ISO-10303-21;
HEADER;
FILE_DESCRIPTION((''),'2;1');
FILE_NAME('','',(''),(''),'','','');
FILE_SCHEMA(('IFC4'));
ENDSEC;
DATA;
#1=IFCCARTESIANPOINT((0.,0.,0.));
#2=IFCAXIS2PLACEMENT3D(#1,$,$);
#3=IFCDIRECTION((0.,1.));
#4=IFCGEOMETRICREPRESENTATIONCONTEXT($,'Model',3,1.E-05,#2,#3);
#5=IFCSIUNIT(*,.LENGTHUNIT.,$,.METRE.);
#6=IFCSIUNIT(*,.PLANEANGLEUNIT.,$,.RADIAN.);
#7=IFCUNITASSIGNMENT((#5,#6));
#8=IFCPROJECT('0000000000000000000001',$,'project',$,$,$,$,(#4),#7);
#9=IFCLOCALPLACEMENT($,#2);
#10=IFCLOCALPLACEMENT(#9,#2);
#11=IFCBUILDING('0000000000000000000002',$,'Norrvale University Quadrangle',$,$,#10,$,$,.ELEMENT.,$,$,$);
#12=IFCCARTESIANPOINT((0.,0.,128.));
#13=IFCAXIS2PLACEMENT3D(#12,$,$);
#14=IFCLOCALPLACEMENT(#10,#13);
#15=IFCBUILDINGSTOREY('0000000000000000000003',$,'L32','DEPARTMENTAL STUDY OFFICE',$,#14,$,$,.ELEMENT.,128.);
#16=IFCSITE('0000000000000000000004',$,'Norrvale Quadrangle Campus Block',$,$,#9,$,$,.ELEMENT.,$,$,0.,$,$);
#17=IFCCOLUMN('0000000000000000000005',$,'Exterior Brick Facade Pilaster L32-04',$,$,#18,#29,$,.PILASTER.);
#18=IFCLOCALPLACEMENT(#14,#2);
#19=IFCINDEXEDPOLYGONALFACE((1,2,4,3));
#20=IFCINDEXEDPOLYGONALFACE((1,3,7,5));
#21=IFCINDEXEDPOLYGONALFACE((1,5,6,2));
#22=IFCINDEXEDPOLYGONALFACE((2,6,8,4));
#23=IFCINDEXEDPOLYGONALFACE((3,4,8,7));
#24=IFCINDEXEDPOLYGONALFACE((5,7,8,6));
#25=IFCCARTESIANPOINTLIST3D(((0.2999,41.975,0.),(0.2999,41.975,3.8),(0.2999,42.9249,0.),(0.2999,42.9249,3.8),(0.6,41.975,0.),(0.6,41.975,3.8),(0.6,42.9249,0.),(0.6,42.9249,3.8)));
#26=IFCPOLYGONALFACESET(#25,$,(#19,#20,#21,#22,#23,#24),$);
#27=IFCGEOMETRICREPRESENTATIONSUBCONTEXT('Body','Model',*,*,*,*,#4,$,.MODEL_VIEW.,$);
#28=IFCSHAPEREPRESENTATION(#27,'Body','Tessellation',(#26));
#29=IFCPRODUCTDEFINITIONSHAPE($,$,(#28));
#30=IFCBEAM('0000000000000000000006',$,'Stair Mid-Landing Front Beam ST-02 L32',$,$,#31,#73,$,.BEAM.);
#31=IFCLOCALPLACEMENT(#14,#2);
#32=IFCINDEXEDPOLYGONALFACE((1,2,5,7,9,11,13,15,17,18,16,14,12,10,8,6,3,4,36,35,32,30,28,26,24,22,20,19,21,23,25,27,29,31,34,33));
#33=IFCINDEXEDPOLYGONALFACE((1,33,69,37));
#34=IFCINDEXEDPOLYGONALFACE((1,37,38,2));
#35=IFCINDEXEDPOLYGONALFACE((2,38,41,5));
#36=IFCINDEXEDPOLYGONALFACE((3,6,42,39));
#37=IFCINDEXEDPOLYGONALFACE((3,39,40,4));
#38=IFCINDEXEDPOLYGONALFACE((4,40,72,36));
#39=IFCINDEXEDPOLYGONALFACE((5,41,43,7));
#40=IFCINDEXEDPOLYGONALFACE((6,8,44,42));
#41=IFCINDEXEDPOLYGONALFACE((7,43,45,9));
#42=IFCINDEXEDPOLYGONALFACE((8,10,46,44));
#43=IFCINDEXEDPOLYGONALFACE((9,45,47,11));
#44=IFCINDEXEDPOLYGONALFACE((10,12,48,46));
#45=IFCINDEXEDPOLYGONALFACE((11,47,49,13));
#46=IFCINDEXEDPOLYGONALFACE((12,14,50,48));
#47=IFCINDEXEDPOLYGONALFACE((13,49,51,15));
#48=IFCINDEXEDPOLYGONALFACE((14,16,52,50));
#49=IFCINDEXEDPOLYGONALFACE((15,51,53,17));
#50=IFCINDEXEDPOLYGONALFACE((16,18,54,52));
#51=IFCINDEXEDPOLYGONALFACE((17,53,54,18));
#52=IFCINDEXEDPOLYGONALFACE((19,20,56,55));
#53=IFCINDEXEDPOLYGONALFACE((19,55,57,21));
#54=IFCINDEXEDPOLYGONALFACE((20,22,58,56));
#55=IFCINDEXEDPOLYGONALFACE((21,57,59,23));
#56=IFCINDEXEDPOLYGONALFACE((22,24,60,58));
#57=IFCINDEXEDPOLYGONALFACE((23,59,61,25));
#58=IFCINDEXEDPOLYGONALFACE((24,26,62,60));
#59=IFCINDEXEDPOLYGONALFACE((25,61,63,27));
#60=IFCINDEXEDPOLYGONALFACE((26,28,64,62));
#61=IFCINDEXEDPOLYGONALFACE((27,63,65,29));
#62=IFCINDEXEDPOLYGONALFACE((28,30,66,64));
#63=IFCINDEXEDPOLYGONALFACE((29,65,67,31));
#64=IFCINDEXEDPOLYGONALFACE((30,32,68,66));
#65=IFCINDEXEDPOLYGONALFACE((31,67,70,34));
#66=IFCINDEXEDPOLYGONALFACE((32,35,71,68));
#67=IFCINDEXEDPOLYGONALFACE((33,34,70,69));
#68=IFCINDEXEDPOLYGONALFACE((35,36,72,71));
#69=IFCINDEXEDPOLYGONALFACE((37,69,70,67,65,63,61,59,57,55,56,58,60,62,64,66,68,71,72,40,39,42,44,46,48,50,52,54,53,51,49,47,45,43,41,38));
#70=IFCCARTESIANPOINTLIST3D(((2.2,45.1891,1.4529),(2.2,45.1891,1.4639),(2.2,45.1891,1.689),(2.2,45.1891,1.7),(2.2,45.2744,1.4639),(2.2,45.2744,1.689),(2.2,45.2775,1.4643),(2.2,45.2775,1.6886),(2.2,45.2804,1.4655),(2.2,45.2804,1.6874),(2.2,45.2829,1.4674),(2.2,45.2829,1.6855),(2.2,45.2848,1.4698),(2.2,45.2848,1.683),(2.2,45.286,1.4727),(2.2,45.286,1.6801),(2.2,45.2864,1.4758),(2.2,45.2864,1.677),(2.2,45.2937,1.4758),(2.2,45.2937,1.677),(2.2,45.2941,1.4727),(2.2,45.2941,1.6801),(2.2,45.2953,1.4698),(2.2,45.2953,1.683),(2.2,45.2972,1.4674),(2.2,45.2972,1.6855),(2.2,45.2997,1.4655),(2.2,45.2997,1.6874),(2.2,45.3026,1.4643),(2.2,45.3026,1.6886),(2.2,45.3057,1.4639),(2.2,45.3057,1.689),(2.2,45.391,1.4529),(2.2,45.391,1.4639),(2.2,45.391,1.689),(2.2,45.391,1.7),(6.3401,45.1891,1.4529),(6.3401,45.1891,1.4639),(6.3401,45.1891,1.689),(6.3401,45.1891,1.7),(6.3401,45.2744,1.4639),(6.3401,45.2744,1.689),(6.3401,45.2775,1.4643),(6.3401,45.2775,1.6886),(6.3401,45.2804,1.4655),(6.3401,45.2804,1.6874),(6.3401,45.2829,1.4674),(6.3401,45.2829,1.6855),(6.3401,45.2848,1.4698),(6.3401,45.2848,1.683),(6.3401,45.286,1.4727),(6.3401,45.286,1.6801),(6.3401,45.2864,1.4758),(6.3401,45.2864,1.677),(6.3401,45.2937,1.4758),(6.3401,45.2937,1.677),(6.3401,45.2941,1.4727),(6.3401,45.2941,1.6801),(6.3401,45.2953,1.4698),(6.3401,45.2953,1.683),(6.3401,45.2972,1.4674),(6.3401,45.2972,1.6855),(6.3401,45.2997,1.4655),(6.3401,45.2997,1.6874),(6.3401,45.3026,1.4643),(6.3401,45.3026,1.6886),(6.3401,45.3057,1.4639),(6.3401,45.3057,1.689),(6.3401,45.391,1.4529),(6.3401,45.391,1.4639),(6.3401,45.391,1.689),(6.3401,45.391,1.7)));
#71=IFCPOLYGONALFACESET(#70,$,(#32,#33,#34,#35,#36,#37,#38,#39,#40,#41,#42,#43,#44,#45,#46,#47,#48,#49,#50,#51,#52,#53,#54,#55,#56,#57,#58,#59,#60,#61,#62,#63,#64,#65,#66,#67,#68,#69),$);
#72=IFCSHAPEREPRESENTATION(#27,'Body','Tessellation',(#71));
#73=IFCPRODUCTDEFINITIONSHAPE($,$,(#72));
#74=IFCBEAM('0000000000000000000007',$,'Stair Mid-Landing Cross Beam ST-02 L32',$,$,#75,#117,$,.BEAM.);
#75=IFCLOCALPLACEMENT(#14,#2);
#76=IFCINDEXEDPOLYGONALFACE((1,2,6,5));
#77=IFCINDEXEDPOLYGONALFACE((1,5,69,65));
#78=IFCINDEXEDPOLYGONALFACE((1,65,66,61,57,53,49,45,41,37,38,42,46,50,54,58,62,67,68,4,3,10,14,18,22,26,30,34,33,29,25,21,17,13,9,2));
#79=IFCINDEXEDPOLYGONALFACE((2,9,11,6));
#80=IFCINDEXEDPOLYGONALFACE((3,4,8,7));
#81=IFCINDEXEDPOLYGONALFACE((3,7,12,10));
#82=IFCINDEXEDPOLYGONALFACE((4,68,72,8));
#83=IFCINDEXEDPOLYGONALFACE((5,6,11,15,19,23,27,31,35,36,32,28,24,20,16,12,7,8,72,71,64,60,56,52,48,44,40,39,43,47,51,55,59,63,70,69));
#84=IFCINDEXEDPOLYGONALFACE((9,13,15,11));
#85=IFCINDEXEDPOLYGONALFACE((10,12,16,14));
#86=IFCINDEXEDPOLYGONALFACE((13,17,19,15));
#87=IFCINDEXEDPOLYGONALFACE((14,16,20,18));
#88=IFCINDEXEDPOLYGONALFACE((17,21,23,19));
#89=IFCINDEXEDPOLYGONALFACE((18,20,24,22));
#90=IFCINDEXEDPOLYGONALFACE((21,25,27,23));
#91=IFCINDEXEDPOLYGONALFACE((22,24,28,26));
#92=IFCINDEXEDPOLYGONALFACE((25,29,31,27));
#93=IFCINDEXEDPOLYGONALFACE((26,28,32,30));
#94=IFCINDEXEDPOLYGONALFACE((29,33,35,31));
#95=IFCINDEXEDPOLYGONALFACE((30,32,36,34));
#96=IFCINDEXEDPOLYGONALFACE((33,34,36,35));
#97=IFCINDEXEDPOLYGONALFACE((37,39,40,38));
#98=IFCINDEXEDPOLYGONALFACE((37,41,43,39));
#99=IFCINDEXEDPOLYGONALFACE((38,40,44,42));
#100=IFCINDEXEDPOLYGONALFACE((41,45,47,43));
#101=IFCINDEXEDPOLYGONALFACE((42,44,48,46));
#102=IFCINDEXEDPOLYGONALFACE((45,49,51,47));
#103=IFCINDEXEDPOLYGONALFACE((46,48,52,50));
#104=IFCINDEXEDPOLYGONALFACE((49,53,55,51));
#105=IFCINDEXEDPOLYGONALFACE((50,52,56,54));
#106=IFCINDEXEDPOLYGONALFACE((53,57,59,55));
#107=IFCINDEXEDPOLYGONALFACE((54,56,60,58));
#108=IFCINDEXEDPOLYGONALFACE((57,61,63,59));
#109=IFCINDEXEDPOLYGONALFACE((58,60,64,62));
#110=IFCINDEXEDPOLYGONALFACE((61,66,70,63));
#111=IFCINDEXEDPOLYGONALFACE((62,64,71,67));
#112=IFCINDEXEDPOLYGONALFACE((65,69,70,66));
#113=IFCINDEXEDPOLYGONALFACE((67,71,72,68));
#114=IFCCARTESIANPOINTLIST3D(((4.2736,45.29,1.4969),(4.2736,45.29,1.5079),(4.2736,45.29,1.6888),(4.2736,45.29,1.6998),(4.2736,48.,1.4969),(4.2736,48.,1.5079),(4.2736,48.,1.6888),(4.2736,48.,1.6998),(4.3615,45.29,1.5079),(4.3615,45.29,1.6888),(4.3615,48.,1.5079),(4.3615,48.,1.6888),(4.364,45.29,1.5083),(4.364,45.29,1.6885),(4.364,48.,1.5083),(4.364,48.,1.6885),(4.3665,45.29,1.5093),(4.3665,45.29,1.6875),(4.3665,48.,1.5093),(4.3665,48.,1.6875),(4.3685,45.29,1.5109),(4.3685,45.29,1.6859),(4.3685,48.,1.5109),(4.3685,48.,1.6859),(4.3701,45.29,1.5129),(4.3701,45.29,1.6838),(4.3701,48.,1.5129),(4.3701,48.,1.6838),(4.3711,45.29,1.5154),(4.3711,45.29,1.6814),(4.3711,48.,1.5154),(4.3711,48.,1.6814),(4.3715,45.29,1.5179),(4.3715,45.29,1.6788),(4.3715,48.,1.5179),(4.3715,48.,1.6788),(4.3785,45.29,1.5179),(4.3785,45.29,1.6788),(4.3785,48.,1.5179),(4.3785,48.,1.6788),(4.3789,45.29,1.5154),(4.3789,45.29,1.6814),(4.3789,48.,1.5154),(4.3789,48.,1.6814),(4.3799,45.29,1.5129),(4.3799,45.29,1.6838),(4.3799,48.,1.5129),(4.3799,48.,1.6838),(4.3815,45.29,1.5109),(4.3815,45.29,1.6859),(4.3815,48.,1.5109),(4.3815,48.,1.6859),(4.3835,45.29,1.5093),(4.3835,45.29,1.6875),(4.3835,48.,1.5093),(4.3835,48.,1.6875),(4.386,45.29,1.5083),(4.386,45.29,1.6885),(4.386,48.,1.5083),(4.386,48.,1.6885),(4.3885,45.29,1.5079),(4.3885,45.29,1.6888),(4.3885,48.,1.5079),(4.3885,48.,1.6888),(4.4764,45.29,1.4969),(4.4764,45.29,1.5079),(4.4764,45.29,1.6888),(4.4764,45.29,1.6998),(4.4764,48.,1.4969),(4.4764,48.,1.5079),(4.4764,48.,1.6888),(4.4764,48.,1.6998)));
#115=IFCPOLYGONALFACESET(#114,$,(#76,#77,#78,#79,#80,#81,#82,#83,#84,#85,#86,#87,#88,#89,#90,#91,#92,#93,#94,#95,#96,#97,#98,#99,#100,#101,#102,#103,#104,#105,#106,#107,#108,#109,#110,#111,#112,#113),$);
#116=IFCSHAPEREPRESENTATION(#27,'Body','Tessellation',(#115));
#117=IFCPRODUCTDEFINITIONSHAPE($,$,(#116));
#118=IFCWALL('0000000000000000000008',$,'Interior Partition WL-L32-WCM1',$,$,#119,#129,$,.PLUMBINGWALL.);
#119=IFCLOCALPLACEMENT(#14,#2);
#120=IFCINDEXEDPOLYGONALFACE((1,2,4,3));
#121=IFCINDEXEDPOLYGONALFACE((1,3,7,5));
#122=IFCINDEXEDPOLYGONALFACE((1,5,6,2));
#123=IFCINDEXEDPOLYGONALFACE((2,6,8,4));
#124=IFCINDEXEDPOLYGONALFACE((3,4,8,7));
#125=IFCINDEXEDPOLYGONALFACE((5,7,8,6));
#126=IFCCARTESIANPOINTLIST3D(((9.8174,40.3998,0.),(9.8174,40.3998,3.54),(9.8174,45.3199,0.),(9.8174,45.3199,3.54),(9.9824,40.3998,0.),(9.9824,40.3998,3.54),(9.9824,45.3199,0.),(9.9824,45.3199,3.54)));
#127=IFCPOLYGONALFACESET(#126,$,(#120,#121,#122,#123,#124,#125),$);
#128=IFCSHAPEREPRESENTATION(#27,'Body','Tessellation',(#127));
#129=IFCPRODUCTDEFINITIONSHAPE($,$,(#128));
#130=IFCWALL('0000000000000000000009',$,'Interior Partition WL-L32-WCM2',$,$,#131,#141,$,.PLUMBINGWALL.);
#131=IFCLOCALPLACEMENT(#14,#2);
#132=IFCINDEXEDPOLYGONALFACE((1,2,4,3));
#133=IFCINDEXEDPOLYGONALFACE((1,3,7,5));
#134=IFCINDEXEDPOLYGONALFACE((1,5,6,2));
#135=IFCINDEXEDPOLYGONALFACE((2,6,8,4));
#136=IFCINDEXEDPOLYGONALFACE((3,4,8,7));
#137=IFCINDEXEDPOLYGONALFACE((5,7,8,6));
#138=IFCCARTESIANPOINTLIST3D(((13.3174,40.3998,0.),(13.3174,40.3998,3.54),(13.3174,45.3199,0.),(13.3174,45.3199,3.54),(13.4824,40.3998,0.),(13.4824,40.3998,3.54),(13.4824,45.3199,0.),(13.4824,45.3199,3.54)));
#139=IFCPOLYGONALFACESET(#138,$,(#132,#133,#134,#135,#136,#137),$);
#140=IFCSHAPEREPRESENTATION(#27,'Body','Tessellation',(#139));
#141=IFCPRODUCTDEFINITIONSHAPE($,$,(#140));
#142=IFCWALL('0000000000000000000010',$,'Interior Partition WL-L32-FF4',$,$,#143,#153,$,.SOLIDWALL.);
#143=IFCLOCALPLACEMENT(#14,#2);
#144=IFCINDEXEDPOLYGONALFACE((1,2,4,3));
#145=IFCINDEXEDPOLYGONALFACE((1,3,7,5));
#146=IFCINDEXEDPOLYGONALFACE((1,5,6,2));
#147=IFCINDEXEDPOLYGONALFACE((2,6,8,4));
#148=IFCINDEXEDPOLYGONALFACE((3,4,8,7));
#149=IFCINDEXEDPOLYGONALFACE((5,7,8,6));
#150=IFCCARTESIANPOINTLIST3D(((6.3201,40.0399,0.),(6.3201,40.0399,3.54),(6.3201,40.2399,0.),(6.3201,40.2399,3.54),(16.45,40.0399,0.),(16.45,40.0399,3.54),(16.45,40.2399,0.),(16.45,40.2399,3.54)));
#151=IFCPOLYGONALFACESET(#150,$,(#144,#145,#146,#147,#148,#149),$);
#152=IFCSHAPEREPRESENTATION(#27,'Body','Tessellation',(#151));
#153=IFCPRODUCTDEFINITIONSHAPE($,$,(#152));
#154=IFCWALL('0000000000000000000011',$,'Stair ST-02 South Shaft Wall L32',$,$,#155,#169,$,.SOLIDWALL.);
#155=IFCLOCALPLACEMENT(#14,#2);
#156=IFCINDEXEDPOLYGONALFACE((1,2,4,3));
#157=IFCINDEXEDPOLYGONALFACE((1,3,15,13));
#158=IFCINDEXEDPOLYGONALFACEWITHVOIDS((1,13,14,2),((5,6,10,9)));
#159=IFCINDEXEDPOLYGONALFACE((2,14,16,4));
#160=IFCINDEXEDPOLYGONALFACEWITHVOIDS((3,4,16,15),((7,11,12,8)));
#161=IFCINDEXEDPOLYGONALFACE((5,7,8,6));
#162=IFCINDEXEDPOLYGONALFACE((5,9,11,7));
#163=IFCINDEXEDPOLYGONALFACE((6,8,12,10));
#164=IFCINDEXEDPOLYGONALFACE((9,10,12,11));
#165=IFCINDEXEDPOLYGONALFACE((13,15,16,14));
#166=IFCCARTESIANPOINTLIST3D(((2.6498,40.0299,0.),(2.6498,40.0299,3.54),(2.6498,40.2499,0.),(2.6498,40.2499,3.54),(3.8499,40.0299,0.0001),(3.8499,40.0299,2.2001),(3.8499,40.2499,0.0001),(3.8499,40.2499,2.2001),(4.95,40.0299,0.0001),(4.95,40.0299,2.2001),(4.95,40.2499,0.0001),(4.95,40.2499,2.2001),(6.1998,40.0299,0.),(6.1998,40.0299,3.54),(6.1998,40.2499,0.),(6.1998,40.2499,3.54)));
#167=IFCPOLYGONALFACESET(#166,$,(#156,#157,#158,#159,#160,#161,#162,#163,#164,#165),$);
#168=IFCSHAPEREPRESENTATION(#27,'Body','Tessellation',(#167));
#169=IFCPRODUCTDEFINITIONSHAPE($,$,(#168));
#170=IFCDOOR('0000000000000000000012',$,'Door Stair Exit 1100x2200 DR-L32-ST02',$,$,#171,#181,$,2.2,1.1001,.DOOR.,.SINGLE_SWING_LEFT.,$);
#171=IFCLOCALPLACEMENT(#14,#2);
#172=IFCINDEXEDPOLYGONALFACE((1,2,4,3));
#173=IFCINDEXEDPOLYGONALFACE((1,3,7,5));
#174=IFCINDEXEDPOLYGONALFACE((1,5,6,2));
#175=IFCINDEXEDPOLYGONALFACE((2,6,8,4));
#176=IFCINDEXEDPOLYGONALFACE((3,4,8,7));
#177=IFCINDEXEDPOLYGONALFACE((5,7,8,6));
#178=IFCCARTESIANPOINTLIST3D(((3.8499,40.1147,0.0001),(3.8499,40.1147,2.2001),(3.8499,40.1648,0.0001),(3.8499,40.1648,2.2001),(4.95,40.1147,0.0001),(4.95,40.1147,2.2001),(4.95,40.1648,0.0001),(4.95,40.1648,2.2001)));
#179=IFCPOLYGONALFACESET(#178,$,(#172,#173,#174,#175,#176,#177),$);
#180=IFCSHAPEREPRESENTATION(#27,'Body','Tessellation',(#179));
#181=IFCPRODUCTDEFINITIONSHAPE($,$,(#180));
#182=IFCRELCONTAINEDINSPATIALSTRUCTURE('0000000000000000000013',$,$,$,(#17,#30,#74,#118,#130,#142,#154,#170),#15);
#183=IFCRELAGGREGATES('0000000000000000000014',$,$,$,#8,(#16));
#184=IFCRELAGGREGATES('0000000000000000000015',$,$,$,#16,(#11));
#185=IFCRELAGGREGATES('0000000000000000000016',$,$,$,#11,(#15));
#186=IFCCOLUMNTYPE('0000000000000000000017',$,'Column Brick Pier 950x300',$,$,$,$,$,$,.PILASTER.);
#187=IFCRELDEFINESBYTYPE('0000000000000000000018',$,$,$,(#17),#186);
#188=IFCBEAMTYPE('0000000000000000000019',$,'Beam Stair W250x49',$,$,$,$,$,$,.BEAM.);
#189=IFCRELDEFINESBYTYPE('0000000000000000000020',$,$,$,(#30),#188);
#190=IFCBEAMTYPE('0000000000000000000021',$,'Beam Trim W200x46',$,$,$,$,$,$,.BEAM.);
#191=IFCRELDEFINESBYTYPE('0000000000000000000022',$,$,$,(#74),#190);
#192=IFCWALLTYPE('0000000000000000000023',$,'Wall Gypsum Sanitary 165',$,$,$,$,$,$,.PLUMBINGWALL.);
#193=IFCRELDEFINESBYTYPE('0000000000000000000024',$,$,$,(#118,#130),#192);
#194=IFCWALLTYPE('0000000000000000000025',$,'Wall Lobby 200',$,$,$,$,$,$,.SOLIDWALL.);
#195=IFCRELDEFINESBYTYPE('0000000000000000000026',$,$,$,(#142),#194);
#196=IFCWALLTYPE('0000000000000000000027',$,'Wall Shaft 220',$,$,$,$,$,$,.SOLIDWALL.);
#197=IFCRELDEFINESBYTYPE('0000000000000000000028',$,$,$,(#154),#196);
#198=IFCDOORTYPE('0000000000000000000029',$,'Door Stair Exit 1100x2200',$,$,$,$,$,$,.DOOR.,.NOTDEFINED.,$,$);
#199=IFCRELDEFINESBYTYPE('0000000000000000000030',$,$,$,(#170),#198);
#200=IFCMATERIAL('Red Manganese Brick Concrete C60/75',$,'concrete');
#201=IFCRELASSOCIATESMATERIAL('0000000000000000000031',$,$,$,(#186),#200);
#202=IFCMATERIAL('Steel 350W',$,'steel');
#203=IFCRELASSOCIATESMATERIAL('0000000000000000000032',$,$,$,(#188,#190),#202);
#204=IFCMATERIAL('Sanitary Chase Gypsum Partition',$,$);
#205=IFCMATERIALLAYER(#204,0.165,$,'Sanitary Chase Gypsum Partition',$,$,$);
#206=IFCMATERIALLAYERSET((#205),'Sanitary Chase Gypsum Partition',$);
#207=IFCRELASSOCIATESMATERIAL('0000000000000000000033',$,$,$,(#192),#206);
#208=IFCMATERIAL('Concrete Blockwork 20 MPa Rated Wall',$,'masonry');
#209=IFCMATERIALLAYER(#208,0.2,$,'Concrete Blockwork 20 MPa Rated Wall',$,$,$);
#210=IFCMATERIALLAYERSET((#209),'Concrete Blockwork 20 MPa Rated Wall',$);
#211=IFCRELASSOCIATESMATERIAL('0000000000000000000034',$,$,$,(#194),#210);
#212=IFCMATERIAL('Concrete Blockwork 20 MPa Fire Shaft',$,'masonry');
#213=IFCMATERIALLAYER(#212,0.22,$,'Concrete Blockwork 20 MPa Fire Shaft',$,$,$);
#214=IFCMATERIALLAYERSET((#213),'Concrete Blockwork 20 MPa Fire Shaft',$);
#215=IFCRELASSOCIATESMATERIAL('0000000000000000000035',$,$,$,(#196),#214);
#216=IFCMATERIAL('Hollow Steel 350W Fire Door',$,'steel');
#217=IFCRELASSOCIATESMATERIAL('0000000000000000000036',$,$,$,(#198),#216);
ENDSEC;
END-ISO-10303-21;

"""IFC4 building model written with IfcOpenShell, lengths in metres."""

from ifc_helpers import new_model, si_unit, direction, frame, frame_2d, origin, origin_2d, place, context, subcontext, project, spatial, rectangle, i_section, extrude, material, layer, layer_set, material_profile, profile_set, type_object, element, fill, save


model = new_model("IFC4")

# Units and contexts
model_context = context("Model", 3, precision=1e-05, world=origin(), true_north=direction((0.0, 1.0)))
body_context = subcontext(model_context, "Body", "Model", "MODEL_VIEW")
ifc_project = project(units=[si_unit("LENGTHUNIT", "METRE"), si_unit("PLANEANGLEUNIT", "RADIAN")], contexts=[model_context])

# Site, building, storey
site_placement = place(None, origin())
site = spatial("IfcSite", under=ifc_project, at=site_placement, Name="Norrvale Quadrangle Campus Block", CompositionType="ELEMENT", RefElevation=0.0)
building_placement = place(site_placement, origin())
building = spatial("IfcBuilding", under=site, at=building_placement, Name="Norrvale University Quadrangle", CompositionType="ELEMENT")
storey_placement = place(building_placement, frame((0.0, 0.0, 128.0)))
storey = spatial("IfcBuildingStorey", under=building, at=storey_placement, Name="L32", Description="DEPARTMENTAL STUDY OFFICE", CompositionType="ELEMENT", Elevation=128.0)

# Column
ifc_material_1 = material(Name="Red Manganese Brick Concrete C60/75", Category="concrete")
ifc_material_profile_1 = material_profile(ifc_material_1, rectangle(XDim=0.95, YDim=0.3, at=origin_2d()), Name="Red Manganese Brick Concrete C60/75")
ifc_profile_set_1 = profile_set([ifc_material_profile_1], Name="Red Manganese Brick Concrete C60/75")
column_type = type_object("IfcColumnType", Name="Column Brick Pier 950x300", PredefinedType="PILASTER", material=ifc_profile_set_1)
column_placement = place(storey_placement, frame((0.45, 42.45, 0.0), z_axis=(0.0, 0.0, 1.0), x_axis=(0.0, 1.0, 0.0)))
element("IfcColumn", 1, at=column_placement, inside=storey, type_object=column_type, Name="Exterior Brick Facade Pilaster L32-04", PredefinedType="PILASTER", context=body_context, shape_type="SweptSolid", body=[
    extrude(rectangle(XDim=0.95, YDim=0.3, at=origin_2d()), origin(), (0.0, 0.0, 1.0), 3.8),
])

# Beams
ifc_material_2 = material(Name="Steel 350W", Category="steel")
ifc_material_profile_2 = material_profile(ifc_material_2, i_section(OverallWidth=0.2019, OverallDepth=0.2471, WebThickness=0.0073, FlangeThickness=0.011, FilletRadius=0.012, at=origin_2d()), Name="Steel 350W")
ifc_profile_set_2 = profile_set([ifc_material_profile_2], Name="Steel 350W")
beam_type_1 = type_object("IfcBeamType", Name="Beam Stair W250x49", PredefinedType="BEAM", material=ifc_profile_set_2)
beam_1_placement = place(storey_placement, frame((2.2, 45.29, 1.5764), z_axis=(1.0, 0.0, 0.0), x_axis=(0.0, 1.0, 0.0)))
element("IfcBeam", 2, at=beam_1_placement, inside=storey, type_object=beam_type_1, Name="Stair Mid-Landing Front Beam ST-02 L32", PredefinedType="BEAM", context=body_context, shape_type="SweptSolid", body=[
    extrude(i_section(OverallWidth=0.2019, OverallDepth=0.2471, WebThickness=0.0073, FlangeThickness=0.011, FilletRadius=0.012, at=origin_2d()), origin(), (0.0, 0.0, 1.0), 4.1401),
])
ifc_material_profile_3 = material_profile(ifc_material_2, i_section(OverallWidth=0.2029, OverallDepth=0.2029, WebThickness=0.0071, FlangeThickness=0.011, FilletRadius=0.01, at=origin_2d()), Name="Steel 350W")
ifc_profile_set_3 = profile_set([ifc_material_profile_3], Name="Steel 350W")
beam_type_2 = type_object("IfcBeamType", Name="Beam Trim W200x46", PredefinedType="BEAM", material=ifc_profile_set_3)
beam_2_placement = place(storey_placement, frame((4.375, 45.29, 1.5984), z_axis=(0.0, 1.0, 0.0), x_axis=(-1.0, 0.0, 0.0)))
element("IfcBeam", 3, at=beam_2_placement, inside=storey, type_object=beam_type_2, Name="Stair Mid-Landing Cross Beam ST-02 L32", PredefinedType="BEAM", context=body_context, shape_type="SweptSolid", body=[
    extrude(i_section(OverallWidth=0.2029, OverallDepth=0.2029, WebThickness=0.0071, FlangeThickness=0.011, FilletRadius=0.01, at=origin_2d()), origin(), (0.0, 0.0, 1.0), 2.71),
])

# Walls
ifc_material_3 = material(Name="Sanitary Chase Gypsum Partition")
ifc_layer_1 = layer(ifc_material_3, 0.165, Name="Sanitary Chase Gypsum Partition")
ifc_layer_set_1 = layer_set([ifc_layer_1], Name="Sanitary Chase Gypsum Partition")
wall_type_1 = type_object("IfcWallType", Name="Wall Gypsum Sanitary 165", PredefinedType="PLUMBINGWALL", material=ifc_layer_set_1)
for number, where, z_axis, x_axis, name in (
    (4, (9.8999, 40.3999, 0.0), (0.0, 0.0, 1.0), (0.0, 1.0, 0.0), "Interior Partition WL-L32-WCM1"),
    (5, (13.3999, 40.3999, 0.0), (0.0, 0.0, 1.0), (0.0, 1.0, 0.0), "Interior Partition WL-L32-WCM2"),
):
    element("IfcWall", number, at=place(storey_placement, frame(where, z_axis=z_axis, x_axis=x_axis)), inside=storey, type_object=wall_type_1, Name=name, PredefinedType="PLUMBINGWALL", context=body_context, shape_type="SweptSolid", body=[
        extrude(rectangle(XDim=4.9202, YDim=0.165, at=frame_2d((2.46, 0.0))), origin(), (0.0, 0.0, 1.0), 3.54),
    ])
ifc_material_4 = material(Name="Concrete Blockwork 20 MPa Rated Wall", Category="masonry")
ifc_layer_2 = layer(ifc_material_4, 0.2, Name="Concrete Blockwork 20 MPa Rated Wall")
ifc_layer_set_2 = layer_set([ifc_layer_2], Name="Concrete Blockwork 20 MPa Rated Wall")
wall_type_2 = type_object("IfcWallType", Name="Wall Lobby 200", PredefinedType="SOLIDWALL", material=ifc_layer_set_2)
wall_1_placement = place(storey_placement, frame((6.3201, 40.1399, 0.0), z_axis=(0.0, 0.0, 1.0), x_axis=(1.0, 0.0, 0.0)))
element("IfcWall", 6, at=wall_1_placement, inside=storey, type_object=wall_type_2, Name="Interior Partition WL-L32-FF4", PredefinedType="SOLIDWALL", context=body_context, shape_type="SweptSolid", body=[
    extrude(rectangle(XDim=10.1299, YDim=0.2, at=frame_2d((5.0649, 0.0))), origin(), (0.0, 0.0, 1.0), 3.54),
])

# Wall, opening, door
ifc_material_5 = material(Name="Concrete Blockwork 20 MPa Fire Shaft", Category="masonry")
ifc_layer_3 = layer(ifc_material_5, 0.22, Name="Concrete Blockwork 20 MPa Fire Shaft")
ifc_layer_set_3 = layer_set([ifc_layer_3], Name="Concrete Blockwork 20 MPa Fire Shaft")
wall_type_3 = type_object("IfcWallType", Name="Wall Shaft 220", PredefinedType="SOLIDWALL", material=ifc_layer_set_3)
wall_2_placement = place(storey_placement, frame((2.6499, 40.1399, 0.0), z_axis=(0.0, 0.0, 1.0), x_axis=(1.0, 0.0, 0.0)))
wall_2 = element("IfcWall", 7, at=wall_2_placement, inside=storey, type_object=wall_type_3, Name="Stair ST-02 South Shaft Wall L32", PredefinedType="SOLIDWALL", context=body_context, shape_type="SweptSolid", body=[
    extrude(rectangle(XDim=3.55, YDim=0.22, at=frame_2d((1.7749, 0.0))), origin(), (0.0, 0.0, 1.0), 3.54),
])
opening_placement = place(wall_2_placement, frame((1.2, 0.0, 0.0)))
opening = element("IfcOpeningElement", 8, at=opening_placement, cuts=wall_2, PredefinedType="OPENING", context=body_context, shape_type="SweptSolid", body=[
    extrude(rectangle(XDim=1.1001, YDim=2.2, at=frame_2d((0.55, 1.1001))), frame((0.0, 0.1221, 0.0), z_axis=(0.0, -1.0, 0.0), x_axis=(1.0, 0.0, 0.0)), (0.0, 0.0, 1.0), 0.2439),
])
ifc_material_6 = material(Name="Hollow Steel 350W Fire Door", Category="steel")
door_type = type_object("IfcDoorType", Name="Door Stair Exit 1100x2200", OperationType="NOTDEFINED", PredefinedType="DOOR", material=ifc_material_6)
door_placement = place(opening_placement, origin())
door = element("IfcDoor", 9, at=door_placement, inside=storey, type_object=door_type, Name="Door Stair Exit 1100x2200 DR-L32-ST02", OperationType="SINGLE_SWING_LEFT", OverallHeight=2.2, OverallWidth=1.1001, PredefinedType="DOOR", context=body_context, shape_type="SweptSolid", body=[
    extrude(rectangle(XDim=1.1001, YDim=2.2, at=frame_2d((0.55, 1.1001))), frame((0.0, 0.0249, 0.0), z_axis=(0.0, -1.0, 0.0), x_axis=(1.0, 0.0, 0.0)), (0.0, 0.0, 1.0), 0.05),
])
fill(opening, door)

save(model, "model.ifc")
